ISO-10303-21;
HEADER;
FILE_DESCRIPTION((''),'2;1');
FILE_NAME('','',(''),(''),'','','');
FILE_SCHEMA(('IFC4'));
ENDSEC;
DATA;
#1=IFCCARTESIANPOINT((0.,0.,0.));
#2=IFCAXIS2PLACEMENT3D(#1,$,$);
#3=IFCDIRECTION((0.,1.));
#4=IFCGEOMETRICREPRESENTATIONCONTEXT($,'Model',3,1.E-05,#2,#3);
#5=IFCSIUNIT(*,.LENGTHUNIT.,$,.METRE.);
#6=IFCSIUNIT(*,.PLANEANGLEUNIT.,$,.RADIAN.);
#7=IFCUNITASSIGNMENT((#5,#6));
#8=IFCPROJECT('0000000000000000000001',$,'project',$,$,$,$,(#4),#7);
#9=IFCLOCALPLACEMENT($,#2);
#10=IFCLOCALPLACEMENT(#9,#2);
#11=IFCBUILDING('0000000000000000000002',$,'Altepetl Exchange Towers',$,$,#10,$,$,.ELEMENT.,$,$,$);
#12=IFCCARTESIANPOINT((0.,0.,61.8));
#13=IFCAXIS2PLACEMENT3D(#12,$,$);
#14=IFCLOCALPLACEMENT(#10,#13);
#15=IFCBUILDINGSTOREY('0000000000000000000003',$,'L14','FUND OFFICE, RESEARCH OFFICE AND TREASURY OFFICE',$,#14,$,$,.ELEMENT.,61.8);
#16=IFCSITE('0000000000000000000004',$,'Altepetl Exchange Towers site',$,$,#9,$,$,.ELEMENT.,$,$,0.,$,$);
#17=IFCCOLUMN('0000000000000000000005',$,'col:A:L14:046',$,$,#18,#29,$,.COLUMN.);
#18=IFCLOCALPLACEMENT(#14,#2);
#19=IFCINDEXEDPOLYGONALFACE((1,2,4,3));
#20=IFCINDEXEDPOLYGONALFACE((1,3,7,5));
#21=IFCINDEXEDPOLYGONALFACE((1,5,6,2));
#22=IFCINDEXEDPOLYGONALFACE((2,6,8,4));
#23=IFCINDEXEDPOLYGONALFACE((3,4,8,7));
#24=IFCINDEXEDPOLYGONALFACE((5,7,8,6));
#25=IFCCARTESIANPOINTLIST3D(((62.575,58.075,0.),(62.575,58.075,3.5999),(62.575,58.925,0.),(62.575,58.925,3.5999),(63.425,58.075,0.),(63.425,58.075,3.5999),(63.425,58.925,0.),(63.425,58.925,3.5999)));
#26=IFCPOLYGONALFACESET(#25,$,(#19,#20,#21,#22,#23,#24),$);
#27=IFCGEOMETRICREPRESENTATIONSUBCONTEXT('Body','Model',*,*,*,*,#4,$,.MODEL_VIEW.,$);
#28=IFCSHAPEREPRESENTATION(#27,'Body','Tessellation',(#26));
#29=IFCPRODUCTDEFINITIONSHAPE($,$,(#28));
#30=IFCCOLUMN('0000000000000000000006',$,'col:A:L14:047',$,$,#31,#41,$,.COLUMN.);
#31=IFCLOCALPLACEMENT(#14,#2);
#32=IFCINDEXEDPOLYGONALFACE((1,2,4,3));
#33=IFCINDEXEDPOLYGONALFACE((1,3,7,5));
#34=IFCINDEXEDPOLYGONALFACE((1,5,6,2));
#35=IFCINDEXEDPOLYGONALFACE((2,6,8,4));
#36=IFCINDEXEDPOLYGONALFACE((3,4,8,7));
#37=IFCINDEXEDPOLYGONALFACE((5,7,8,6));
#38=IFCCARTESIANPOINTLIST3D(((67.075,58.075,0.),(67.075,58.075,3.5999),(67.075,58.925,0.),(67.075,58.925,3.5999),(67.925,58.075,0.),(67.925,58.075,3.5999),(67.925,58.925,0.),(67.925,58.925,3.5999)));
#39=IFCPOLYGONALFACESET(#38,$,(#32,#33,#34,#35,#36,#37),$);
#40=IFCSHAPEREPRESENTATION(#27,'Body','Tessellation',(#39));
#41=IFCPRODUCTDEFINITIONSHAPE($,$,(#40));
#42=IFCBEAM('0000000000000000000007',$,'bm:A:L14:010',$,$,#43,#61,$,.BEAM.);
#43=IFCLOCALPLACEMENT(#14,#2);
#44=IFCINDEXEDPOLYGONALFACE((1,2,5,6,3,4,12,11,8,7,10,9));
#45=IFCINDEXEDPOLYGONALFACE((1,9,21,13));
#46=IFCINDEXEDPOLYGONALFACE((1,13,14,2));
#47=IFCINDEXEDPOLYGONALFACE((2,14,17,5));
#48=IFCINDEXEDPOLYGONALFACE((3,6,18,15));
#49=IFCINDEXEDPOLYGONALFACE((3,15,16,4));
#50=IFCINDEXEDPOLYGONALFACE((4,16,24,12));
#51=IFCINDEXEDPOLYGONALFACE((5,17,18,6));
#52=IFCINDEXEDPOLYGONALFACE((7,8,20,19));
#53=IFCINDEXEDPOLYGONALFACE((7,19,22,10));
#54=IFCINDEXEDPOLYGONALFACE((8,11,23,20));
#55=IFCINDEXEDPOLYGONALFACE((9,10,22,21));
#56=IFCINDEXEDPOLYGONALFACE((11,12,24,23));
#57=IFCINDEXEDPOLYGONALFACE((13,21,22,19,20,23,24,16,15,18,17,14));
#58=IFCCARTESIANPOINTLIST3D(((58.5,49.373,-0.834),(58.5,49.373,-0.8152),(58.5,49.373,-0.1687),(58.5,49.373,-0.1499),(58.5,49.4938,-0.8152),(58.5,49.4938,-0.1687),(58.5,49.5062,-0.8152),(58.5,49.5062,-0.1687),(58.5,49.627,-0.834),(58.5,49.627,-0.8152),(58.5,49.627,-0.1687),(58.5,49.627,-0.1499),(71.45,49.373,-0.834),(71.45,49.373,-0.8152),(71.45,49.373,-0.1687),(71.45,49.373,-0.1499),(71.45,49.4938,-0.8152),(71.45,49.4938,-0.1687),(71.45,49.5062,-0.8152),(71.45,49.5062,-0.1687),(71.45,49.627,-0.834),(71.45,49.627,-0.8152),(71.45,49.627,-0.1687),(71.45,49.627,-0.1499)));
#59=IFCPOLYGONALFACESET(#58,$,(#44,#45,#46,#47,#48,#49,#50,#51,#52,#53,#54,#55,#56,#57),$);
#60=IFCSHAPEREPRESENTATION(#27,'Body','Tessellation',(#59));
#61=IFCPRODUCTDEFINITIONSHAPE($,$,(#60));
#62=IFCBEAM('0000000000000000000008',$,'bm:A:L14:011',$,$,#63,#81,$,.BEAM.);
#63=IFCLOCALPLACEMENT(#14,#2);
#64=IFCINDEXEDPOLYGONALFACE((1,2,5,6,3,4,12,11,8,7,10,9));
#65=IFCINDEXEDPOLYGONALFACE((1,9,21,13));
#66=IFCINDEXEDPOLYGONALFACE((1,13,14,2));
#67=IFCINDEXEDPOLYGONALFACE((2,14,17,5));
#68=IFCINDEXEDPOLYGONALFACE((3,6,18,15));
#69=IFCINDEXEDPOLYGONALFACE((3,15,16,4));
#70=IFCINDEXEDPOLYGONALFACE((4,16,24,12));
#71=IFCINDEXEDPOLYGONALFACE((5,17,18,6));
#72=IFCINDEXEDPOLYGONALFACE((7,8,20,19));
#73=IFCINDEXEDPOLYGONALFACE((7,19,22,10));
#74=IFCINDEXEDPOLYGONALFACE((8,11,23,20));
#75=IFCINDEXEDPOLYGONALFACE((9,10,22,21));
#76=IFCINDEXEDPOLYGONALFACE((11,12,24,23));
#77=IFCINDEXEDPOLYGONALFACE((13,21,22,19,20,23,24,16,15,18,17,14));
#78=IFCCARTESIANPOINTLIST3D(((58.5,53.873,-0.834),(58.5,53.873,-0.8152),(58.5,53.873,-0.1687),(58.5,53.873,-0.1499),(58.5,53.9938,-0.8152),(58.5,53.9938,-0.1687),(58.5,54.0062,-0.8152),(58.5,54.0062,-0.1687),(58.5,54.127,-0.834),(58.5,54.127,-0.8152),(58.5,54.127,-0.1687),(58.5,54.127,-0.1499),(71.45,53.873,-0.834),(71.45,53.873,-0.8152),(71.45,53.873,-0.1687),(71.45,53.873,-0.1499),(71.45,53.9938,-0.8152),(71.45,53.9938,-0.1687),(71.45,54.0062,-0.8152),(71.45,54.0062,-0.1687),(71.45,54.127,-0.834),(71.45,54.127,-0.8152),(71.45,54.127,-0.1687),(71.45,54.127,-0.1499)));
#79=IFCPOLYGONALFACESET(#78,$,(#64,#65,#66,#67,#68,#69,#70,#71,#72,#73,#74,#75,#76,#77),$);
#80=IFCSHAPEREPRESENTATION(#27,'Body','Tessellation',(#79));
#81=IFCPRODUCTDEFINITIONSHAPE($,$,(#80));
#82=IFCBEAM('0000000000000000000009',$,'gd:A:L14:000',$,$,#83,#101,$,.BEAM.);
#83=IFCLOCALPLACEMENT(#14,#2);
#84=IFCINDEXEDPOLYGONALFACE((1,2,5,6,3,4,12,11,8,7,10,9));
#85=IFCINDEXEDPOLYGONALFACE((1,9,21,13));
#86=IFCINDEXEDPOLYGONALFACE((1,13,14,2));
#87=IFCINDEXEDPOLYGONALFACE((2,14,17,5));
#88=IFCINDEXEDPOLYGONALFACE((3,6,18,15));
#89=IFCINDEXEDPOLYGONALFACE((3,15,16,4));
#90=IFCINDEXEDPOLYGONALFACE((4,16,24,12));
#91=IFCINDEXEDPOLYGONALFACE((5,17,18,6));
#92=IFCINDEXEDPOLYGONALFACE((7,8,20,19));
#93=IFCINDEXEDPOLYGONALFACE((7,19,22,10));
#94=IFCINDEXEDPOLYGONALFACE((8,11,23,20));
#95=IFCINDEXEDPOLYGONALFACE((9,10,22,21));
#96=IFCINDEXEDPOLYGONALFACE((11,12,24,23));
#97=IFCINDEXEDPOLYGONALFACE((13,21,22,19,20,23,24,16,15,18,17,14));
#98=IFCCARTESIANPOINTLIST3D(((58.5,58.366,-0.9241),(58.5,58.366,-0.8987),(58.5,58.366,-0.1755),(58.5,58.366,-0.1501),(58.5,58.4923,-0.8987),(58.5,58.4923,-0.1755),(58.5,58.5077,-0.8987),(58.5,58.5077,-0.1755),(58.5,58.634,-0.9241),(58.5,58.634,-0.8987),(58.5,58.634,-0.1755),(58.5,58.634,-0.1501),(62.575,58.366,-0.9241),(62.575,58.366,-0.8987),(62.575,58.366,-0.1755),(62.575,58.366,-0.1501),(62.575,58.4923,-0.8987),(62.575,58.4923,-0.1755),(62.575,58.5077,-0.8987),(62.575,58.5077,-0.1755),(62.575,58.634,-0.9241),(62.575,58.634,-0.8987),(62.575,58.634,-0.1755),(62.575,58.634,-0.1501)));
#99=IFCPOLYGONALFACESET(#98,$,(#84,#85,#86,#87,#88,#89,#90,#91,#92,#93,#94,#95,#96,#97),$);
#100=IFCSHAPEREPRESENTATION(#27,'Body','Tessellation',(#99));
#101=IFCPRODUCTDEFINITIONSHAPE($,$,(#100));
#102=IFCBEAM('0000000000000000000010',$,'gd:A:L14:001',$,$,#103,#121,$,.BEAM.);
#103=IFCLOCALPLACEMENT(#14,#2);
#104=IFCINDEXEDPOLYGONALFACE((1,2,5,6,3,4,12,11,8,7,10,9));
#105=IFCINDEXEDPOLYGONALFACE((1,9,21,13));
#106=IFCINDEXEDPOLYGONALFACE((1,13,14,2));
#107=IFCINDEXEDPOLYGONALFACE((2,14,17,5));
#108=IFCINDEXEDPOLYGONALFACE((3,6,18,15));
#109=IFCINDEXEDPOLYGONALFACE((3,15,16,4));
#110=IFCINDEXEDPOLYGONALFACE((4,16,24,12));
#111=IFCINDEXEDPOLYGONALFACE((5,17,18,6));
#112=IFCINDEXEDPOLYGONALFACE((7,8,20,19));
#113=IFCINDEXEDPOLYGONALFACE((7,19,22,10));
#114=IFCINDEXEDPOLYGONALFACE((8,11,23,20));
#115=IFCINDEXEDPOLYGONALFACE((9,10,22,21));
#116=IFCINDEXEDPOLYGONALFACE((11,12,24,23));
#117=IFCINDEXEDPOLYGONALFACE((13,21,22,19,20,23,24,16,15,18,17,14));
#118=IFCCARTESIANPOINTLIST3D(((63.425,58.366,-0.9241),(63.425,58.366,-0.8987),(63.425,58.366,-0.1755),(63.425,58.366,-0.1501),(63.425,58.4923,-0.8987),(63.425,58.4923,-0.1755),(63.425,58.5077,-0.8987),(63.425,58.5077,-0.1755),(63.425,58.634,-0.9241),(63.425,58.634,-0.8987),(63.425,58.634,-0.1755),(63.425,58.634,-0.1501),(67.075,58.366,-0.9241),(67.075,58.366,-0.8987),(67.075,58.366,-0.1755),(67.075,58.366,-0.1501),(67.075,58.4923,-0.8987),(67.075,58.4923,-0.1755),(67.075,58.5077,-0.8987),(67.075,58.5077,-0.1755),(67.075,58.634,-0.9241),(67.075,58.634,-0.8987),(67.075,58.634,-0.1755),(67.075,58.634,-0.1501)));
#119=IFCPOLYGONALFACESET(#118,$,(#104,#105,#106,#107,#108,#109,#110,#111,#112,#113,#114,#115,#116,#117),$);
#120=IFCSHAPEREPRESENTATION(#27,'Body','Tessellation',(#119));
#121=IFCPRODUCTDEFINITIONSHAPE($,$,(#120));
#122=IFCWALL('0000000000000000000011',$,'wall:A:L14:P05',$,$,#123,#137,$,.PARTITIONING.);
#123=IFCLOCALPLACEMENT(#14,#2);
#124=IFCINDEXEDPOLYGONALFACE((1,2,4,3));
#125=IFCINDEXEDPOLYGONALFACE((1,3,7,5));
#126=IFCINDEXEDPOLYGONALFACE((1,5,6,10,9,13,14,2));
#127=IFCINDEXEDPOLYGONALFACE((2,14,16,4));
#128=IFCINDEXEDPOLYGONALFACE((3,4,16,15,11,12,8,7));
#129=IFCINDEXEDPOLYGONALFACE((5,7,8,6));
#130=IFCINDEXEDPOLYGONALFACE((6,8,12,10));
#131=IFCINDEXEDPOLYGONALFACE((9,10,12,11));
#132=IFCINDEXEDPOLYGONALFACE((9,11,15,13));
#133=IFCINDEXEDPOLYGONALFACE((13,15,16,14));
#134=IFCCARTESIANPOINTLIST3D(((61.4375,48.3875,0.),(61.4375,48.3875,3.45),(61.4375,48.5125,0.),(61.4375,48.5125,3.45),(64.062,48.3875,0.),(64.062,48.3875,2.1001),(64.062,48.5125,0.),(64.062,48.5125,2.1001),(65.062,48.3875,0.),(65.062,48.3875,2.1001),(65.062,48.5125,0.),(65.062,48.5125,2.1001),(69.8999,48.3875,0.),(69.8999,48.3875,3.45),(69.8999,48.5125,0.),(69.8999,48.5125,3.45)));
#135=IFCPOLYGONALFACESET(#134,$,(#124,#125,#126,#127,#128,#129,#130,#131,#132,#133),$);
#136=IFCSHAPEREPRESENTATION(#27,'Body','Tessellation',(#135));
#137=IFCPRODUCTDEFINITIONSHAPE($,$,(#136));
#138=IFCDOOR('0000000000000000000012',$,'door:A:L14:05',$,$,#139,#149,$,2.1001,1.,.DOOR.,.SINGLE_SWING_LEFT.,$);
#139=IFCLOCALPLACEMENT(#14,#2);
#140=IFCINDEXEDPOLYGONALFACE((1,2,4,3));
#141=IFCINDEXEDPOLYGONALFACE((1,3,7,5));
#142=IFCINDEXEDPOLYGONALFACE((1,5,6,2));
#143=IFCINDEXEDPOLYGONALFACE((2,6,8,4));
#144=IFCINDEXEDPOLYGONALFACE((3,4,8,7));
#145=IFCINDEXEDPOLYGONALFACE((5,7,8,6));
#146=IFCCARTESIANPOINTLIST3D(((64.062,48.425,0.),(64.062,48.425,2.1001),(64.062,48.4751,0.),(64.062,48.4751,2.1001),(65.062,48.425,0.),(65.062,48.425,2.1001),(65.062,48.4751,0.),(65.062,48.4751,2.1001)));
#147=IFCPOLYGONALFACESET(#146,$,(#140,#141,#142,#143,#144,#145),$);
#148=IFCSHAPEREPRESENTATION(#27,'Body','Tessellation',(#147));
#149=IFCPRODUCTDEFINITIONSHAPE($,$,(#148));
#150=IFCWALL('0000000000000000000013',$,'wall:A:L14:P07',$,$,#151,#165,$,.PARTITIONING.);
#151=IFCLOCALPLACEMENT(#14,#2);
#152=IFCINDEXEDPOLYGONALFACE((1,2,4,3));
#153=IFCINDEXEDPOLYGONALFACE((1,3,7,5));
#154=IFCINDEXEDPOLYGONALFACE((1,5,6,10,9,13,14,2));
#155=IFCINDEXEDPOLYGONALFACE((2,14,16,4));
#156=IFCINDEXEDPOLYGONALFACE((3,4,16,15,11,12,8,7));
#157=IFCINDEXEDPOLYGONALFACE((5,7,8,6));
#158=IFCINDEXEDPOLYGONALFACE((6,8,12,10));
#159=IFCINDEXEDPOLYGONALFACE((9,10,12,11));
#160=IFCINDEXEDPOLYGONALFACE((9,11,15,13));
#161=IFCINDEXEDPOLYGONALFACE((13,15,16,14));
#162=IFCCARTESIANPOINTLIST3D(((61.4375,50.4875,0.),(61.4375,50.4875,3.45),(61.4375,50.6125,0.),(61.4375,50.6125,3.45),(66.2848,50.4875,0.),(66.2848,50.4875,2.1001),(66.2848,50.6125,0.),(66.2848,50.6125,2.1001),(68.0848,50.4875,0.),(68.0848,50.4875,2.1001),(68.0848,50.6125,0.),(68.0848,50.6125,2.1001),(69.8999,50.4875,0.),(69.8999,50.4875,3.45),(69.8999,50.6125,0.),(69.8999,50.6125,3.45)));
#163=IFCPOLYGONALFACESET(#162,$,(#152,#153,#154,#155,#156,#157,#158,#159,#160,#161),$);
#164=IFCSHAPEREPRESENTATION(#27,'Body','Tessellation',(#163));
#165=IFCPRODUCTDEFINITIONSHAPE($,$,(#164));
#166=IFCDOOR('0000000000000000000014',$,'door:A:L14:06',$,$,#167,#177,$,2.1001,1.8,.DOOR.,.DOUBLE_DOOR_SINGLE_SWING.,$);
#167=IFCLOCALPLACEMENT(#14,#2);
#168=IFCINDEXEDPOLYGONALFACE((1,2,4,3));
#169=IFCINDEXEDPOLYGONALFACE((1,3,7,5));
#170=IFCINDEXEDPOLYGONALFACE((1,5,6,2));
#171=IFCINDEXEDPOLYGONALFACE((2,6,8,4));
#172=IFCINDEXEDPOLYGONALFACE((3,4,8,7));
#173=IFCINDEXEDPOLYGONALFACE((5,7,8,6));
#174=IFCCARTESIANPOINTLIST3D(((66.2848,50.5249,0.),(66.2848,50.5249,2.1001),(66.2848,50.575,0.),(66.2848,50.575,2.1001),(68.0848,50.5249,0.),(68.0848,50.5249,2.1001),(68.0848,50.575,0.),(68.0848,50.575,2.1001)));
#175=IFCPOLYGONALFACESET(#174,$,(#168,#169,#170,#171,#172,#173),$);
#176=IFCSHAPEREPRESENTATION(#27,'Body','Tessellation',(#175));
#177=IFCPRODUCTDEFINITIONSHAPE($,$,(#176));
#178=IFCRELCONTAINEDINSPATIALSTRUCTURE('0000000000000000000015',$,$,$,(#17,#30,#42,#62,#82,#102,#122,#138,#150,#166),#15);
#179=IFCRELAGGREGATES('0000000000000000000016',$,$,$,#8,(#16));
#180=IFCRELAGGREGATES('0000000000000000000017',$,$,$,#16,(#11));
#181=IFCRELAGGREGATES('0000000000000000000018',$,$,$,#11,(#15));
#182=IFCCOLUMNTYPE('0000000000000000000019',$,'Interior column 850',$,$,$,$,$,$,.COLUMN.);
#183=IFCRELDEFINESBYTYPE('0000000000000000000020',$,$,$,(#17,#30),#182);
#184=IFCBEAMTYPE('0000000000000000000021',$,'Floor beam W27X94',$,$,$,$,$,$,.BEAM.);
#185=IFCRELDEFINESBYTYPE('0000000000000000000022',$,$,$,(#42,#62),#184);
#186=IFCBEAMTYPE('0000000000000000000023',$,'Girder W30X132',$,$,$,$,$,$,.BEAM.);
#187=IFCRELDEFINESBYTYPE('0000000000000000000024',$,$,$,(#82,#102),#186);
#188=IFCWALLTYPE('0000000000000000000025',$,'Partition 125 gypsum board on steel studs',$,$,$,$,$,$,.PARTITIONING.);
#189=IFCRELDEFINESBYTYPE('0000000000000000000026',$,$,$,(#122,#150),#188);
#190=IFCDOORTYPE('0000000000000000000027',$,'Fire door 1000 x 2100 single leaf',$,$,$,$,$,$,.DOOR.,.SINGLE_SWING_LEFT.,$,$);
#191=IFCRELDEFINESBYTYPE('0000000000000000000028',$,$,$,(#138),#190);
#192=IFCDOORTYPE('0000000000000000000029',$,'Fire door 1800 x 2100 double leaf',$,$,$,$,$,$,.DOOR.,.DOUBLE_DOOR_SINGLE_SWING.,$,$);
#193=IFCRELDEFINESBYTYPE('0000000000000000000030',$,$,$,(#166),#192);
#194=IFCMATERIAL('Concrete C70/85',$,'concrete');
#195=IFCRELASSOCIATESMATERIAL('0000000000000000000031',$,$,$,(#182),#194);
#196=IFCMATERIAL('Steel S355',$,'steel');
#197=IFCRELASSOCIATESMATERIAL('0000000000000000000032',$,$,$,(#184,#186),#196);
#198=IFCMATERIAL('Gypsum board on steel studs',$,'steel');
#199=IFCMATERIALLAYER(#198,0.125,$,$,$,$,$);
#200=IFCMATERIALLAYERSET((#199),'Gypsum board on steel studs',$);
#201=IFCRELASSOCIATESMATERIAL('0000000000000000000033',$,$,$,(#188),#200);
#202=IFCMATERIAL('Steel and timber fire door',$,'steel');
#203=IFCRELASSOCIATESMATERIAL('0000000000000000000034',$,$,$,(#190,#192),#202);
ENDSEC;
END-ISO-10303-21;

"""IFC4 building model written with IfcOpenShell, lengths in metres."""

from ifc_helpers import new_model, si_unit, direction, frame, frame_2d, origin, origin_2d, place, context, subcontext, project, spatial, rectangle, i_section, extrude, material, layer, layer_set, material_profile, profile_set, type_object, element, fill, save


model = new_model("IFC4")

# Units and contexts
model_context = context("Model", 3, precision=1e-05, world=origin(), true_north=direction((0.0, 1.0)))
body_context = subcontext(model_context, "Body", "Model", "MODEL_VIEW")
ifc_project = project(units=[si_unit("LENGTHUNIT", "METRE"), si_unit("PLANEANGLEUNIT", "RADIAN")], contexts=[model_context])

# Site, building, storey
site_placement = place(None, origin())
site = spatial("IfcSite", under=ifc_project, at=site_placement, Name="Altepetl Exchange Towers site", CompositionType="ELEMENT", RefElevation=0.0)
building_placement = place(site_placement, origin())
building = spatial("IfcBuilding", under=site, at=building_placement, Name="Altepetl Exchange Towers", CompositionType="ELEMENT")
storey_placement = place(building_placement, frame((0.0, 0.0, 61.8)))
storey = spatial("IfcBuildingStorey", under=building, at=storey_placement, Name="L14", Description="FUND OFFICE, RESEARCH OFFICE AND TREASURY OFFICE", CompositionType="ELEMENT", Elevation=61.8)

# Columns
ifc_material_1 = material(Name="Concrete C70/85", Category="concrete")
ifc_material_profile_1 = material_profile(ifc_material_1, rectangle(XDim=0.8501, YDim=0.8501, at=origin_2d()), Name="850 x 850")
ifc_profile_set_1 = profile_set([ifc_material_profile_1], Name="Concrete C70/85")
column_type = type_object("IfcColumnType", Name="Interior column 850", PredefinedType="COLUMN", material=ifc_profile_set_1)
for number, where, name in (
    (1, (63.0, 58.5, 0.0), "col:A:L14:046"),
    (2, (67.5, 58.5, 0.0), "col:A:L14:047"),
):
    element("IfcColumn", number, at=place(storey_placement, frame(where)), inside=storey, type_object=column_type, Name=name, PredefinedType="COLUMN", context=body_context, shape_type="SweptSolid", body=[
        extrude(rectangle(XDim=0.8501, YDim=0.8501, at=origin_2d()), origin(), (0.0, 0.0, 1.0), 3.5999),
    ])

# Beams
ifc_material_2 = material(Name="Steel S355", Category="steel")
ifc_material_profile_2 = material_profile(ifc_material_2, i_section(OverallWidth=0.2539, OverallDepth=0.6841, WebThickness=0.0125, FlangeThickness=0.0188, at=origin_2d()), Name="W27X94")
ifc_profile_set_2 = profile_set([ifc_material_profile_2], Name="Steel S355")
beam_type_1 = type_object("IfcBeamType", Name="Floor beam W27X94", PredefinedType="BEAM", material=ifc_profile_set_2)
for number, where, z_axis, x_axis, name in (
    (3, (58.5, 49.5, -0.4919), (1.0, 0.0, 0.0), (0.0, 1.0, 0.0), "bm:A:L14:010"),
    (4, (58.5, 54.0, -0.4919), (1.0, 0.0, 0.0), (0.0, 1.0, 0.0), "bm:A:L14:011"),
):
    element("IfcBeam", number, at=place(storey_placement, frame(where, z_axis=z_axis, x_axis=x_axis)), inside=storey, type_object=beam_type_1, Name=name, PredefinedType="BEAM", context=body_context, shape_type="SweptSolid", body=[
        extrude(i_section(OverallWidth=0.2539, OverallDepth=0.6841, WebThickness=0.0125, FlangeThickness=0.0188, at=origin_2d()), origin(), (0.0, 0.0, 1.0), 12.95),
    ])
ifc_material_profile_3 = material_profile(ifc_material_2, i_section(OverallWidth=0.2681, OverallDepth=0.7739, WebThickness=0.0154, FlangeThickness=0.0254, at=origin_2d()), Name="W30X132")
ifc_profile_set_3 = profile_set([ifc_material_profile_3], Name="Steel S355")
beam_type_2 = type_object("IfcBeamType", Name="Girder W30X132", PredefinedType="BEAM", material=ifc_profile_set_3)
beam_1_placement = place(storey_placement, frame((58.5, 58.5, -0.5371), z_axis=(1.0, 0.0, 0.0), x_axis=(0.0, 1.0, 0.0)))
element("IfcBeam", 5, at=beam_1_placement, inside=storey, type_object=beam_type_2, Name="gd:A:L14:000", PredefinedType="BEAM", context=body_context, shape_type="SweptSolid", body=[
    extrude(i_section(OverallWidth=0.2681, OverallDepth=0.7739, WebThickness=0.0154, FlangeThickness=0.0254, at=origin_2d()), origin(), (0.0, 0.0, 1.0), 4.075),
])
beam_2_placement = place(storey_placement, frame((63.425, 58.5, -0.5371), z_axis=(1.0, 0.0, 0.0), x_axis=(0.0, 1.0, 0.0)))
element("IfcBeam", 6, at=beam_2_placement, inside=storey, type_object=beam_type_2, Name="gd:A:L14:001", PredefinedType="BEAM", context=body_context, shape_type="SweptSolid", body=[
    extrude(i_section(OverallWidth=0.2681, OverallDepth=0.7739, WebThickness=0.0154, FlangeThickness=0.0254, at=origin_2d()), origin(), (0.0, 0.0, 1.0), 3.6499),
])

# Walls, openings, doors
ifc_material_3 = material(Name="Gypsum board on steel studs", Category="steel")
ifc_layer_1 = layer(ifc_material_3, 0.125)
ifc_layer_set_1 = layer_set([ifc_layer_1], Name="Gypsum board on steel studs")
wall_type_1 = type_object("IfcWallType", Name="Partition 125 gypsum board on steel studs", PredefinedType="PARTITIONING", material=ifc_layer_set_1)
wall_1_placement = place(storey_placement, frame((61.4375, 48.45, 0.0)))
wall_1 = element("IfcWall", 7, at=wall_1_placement, inside=storey, type_object=wall_type_1, Name="wall:A:L14:P05", PredefinedType="PARTITIONING", context=body_context, shape_type="SweptSolid", body=[
    extrude(rectangle(XDim=8.4624, YDim=0.125, at=frame_2d((4.2312, 0.0))), origin(), (0.0, 0.0, 1.0), 3.45),
])
opening_1_placement = place(wall_1_placement, frame((2.6245, 0.0, 0.0)))
opening_1 = element("IfcOpeningElement", 8, at=opening_1_placement, cuts=wall_1, PredefinedType="OPENING", context=body_context, shape_type="SweptSolid", body=[
    extrude(rectangle(XDim=1.0, YDim=2.1001, at=frame_2d((0.5, 1.05))), frame((0.0, 0.0725, 0.0), z_axis=(0.0, -1.0, 0.0), x_axis=(1.0, 0.0, 0.0)), (0.0, 0.0, 1.0), 0.145),
])
ifc_material_4 = material(Name="Steel and timber fire door", Category="steel")
door_type_1 = type_object("IfcDoorType", Name="Fire door 1000 x 2100 single leaf", OperationType="SINGLE_SWING_LEFT", PredefinedType="DOOR", material=ifc_material_4)
door_1_placement = place(opening_1_placement, frame((1.0, 0.0, 0.0), x_axis=(-1.0, 0.0, 0.0)))
door_1 = element("IfcDoor", 9, at=door_1_placement, inside=storey, type_object=door_type_1, Name="door:A:L14:05", OperationType="SINGLE_SWING_LEFT", OverallHeight=2.1001, OverallWidth=1.0, PredefinedType="DOOR", context=body_context, shape_type="SweptSolid", body=[
    extrude(rectangle(XDim=1.0, YDim=2.1001, at=frame_2d((0.5, 1.05))), frame((0.0, 0.0249, 0.0), z_axis=(0.0, -1.0, 0.0), x_axis=(1.0, 0.0, 0.0)), (0.0, 0.0, 1.0), 0.05),
])
fill(opening_1, door_1)
wall_2_placement = place(storey_placement, frame((61.4375, 50.55, 0.0)))
wall_2 = element("IfcWall", 10, at=wall_2_placement, inside=storey, type_object=wall_type_1, Name="wall:A:L14:P07", PredefinedType="PARTITIONING", context=body_context, shape_type="SweptSolid", body=[
    extrude(rectangle(XDim=8.4624, YDim=0.125, at=frame_2d((4.2312, 0.0))), origin(), (0.0, 0.0, 1.0), 3.45),
])
opening_2_placement = place(wall_2_placement, frame((4.8474, 0.0, 0.0)))
opening_2 = element("IfcOpeningElement", 11, at=opening_2_placement, cuts=wall_2, PredefinedType="OPENING", context=body_context, shape_type="SweptSolid", body=[
    extrude(rectangle(XDim=1.8, YDim=2.1001, at=frame_2d((0.8999, 1.05))), frame((0.0, 0.0725, 0.0), z_axis=(0.0, -1.0, 0.0), x_axis=(1.0, 0.0, 0.0)), (0.0, 0.0, 1.0), 0.145),
])
door_type_2 = type_object("IfcDoorType", Name="Fire door 1800 x 2100 double leaf", OperationType="DOUBLE_DOOR_SINGLE_SWING", PredefinedType="DOOR", material=ifc_material_4)
door_2_placement = place(opening_2_placement, origin())
door_2 = element("IfcDoor", 12, at=door_2_placement, inside=storey, type_object=door_type_2, Name="door:A:L14:06", OperationType="DOUBLE_DOOR_SINGLE_SWING", OverallHeight=2.1001, OverallWidth=1.8, PredefinedType="DOOR", context=body_context, shape_type="SweptSolid", body=[
    extrude(rectangle(XDim=1.8, YDim=2.1001, at=frame_2d((0.8999, 1.05))), frame((0.0, 0.0249, 0.0), z_axis=(0.0, -1.0, 0.0), x_axis=(1.0, 0.0, 0.0)), (0.0, 0.0, 1.0), 0.05),
])
fill(opening_2, door_2)

save(model, "model.ifc")
